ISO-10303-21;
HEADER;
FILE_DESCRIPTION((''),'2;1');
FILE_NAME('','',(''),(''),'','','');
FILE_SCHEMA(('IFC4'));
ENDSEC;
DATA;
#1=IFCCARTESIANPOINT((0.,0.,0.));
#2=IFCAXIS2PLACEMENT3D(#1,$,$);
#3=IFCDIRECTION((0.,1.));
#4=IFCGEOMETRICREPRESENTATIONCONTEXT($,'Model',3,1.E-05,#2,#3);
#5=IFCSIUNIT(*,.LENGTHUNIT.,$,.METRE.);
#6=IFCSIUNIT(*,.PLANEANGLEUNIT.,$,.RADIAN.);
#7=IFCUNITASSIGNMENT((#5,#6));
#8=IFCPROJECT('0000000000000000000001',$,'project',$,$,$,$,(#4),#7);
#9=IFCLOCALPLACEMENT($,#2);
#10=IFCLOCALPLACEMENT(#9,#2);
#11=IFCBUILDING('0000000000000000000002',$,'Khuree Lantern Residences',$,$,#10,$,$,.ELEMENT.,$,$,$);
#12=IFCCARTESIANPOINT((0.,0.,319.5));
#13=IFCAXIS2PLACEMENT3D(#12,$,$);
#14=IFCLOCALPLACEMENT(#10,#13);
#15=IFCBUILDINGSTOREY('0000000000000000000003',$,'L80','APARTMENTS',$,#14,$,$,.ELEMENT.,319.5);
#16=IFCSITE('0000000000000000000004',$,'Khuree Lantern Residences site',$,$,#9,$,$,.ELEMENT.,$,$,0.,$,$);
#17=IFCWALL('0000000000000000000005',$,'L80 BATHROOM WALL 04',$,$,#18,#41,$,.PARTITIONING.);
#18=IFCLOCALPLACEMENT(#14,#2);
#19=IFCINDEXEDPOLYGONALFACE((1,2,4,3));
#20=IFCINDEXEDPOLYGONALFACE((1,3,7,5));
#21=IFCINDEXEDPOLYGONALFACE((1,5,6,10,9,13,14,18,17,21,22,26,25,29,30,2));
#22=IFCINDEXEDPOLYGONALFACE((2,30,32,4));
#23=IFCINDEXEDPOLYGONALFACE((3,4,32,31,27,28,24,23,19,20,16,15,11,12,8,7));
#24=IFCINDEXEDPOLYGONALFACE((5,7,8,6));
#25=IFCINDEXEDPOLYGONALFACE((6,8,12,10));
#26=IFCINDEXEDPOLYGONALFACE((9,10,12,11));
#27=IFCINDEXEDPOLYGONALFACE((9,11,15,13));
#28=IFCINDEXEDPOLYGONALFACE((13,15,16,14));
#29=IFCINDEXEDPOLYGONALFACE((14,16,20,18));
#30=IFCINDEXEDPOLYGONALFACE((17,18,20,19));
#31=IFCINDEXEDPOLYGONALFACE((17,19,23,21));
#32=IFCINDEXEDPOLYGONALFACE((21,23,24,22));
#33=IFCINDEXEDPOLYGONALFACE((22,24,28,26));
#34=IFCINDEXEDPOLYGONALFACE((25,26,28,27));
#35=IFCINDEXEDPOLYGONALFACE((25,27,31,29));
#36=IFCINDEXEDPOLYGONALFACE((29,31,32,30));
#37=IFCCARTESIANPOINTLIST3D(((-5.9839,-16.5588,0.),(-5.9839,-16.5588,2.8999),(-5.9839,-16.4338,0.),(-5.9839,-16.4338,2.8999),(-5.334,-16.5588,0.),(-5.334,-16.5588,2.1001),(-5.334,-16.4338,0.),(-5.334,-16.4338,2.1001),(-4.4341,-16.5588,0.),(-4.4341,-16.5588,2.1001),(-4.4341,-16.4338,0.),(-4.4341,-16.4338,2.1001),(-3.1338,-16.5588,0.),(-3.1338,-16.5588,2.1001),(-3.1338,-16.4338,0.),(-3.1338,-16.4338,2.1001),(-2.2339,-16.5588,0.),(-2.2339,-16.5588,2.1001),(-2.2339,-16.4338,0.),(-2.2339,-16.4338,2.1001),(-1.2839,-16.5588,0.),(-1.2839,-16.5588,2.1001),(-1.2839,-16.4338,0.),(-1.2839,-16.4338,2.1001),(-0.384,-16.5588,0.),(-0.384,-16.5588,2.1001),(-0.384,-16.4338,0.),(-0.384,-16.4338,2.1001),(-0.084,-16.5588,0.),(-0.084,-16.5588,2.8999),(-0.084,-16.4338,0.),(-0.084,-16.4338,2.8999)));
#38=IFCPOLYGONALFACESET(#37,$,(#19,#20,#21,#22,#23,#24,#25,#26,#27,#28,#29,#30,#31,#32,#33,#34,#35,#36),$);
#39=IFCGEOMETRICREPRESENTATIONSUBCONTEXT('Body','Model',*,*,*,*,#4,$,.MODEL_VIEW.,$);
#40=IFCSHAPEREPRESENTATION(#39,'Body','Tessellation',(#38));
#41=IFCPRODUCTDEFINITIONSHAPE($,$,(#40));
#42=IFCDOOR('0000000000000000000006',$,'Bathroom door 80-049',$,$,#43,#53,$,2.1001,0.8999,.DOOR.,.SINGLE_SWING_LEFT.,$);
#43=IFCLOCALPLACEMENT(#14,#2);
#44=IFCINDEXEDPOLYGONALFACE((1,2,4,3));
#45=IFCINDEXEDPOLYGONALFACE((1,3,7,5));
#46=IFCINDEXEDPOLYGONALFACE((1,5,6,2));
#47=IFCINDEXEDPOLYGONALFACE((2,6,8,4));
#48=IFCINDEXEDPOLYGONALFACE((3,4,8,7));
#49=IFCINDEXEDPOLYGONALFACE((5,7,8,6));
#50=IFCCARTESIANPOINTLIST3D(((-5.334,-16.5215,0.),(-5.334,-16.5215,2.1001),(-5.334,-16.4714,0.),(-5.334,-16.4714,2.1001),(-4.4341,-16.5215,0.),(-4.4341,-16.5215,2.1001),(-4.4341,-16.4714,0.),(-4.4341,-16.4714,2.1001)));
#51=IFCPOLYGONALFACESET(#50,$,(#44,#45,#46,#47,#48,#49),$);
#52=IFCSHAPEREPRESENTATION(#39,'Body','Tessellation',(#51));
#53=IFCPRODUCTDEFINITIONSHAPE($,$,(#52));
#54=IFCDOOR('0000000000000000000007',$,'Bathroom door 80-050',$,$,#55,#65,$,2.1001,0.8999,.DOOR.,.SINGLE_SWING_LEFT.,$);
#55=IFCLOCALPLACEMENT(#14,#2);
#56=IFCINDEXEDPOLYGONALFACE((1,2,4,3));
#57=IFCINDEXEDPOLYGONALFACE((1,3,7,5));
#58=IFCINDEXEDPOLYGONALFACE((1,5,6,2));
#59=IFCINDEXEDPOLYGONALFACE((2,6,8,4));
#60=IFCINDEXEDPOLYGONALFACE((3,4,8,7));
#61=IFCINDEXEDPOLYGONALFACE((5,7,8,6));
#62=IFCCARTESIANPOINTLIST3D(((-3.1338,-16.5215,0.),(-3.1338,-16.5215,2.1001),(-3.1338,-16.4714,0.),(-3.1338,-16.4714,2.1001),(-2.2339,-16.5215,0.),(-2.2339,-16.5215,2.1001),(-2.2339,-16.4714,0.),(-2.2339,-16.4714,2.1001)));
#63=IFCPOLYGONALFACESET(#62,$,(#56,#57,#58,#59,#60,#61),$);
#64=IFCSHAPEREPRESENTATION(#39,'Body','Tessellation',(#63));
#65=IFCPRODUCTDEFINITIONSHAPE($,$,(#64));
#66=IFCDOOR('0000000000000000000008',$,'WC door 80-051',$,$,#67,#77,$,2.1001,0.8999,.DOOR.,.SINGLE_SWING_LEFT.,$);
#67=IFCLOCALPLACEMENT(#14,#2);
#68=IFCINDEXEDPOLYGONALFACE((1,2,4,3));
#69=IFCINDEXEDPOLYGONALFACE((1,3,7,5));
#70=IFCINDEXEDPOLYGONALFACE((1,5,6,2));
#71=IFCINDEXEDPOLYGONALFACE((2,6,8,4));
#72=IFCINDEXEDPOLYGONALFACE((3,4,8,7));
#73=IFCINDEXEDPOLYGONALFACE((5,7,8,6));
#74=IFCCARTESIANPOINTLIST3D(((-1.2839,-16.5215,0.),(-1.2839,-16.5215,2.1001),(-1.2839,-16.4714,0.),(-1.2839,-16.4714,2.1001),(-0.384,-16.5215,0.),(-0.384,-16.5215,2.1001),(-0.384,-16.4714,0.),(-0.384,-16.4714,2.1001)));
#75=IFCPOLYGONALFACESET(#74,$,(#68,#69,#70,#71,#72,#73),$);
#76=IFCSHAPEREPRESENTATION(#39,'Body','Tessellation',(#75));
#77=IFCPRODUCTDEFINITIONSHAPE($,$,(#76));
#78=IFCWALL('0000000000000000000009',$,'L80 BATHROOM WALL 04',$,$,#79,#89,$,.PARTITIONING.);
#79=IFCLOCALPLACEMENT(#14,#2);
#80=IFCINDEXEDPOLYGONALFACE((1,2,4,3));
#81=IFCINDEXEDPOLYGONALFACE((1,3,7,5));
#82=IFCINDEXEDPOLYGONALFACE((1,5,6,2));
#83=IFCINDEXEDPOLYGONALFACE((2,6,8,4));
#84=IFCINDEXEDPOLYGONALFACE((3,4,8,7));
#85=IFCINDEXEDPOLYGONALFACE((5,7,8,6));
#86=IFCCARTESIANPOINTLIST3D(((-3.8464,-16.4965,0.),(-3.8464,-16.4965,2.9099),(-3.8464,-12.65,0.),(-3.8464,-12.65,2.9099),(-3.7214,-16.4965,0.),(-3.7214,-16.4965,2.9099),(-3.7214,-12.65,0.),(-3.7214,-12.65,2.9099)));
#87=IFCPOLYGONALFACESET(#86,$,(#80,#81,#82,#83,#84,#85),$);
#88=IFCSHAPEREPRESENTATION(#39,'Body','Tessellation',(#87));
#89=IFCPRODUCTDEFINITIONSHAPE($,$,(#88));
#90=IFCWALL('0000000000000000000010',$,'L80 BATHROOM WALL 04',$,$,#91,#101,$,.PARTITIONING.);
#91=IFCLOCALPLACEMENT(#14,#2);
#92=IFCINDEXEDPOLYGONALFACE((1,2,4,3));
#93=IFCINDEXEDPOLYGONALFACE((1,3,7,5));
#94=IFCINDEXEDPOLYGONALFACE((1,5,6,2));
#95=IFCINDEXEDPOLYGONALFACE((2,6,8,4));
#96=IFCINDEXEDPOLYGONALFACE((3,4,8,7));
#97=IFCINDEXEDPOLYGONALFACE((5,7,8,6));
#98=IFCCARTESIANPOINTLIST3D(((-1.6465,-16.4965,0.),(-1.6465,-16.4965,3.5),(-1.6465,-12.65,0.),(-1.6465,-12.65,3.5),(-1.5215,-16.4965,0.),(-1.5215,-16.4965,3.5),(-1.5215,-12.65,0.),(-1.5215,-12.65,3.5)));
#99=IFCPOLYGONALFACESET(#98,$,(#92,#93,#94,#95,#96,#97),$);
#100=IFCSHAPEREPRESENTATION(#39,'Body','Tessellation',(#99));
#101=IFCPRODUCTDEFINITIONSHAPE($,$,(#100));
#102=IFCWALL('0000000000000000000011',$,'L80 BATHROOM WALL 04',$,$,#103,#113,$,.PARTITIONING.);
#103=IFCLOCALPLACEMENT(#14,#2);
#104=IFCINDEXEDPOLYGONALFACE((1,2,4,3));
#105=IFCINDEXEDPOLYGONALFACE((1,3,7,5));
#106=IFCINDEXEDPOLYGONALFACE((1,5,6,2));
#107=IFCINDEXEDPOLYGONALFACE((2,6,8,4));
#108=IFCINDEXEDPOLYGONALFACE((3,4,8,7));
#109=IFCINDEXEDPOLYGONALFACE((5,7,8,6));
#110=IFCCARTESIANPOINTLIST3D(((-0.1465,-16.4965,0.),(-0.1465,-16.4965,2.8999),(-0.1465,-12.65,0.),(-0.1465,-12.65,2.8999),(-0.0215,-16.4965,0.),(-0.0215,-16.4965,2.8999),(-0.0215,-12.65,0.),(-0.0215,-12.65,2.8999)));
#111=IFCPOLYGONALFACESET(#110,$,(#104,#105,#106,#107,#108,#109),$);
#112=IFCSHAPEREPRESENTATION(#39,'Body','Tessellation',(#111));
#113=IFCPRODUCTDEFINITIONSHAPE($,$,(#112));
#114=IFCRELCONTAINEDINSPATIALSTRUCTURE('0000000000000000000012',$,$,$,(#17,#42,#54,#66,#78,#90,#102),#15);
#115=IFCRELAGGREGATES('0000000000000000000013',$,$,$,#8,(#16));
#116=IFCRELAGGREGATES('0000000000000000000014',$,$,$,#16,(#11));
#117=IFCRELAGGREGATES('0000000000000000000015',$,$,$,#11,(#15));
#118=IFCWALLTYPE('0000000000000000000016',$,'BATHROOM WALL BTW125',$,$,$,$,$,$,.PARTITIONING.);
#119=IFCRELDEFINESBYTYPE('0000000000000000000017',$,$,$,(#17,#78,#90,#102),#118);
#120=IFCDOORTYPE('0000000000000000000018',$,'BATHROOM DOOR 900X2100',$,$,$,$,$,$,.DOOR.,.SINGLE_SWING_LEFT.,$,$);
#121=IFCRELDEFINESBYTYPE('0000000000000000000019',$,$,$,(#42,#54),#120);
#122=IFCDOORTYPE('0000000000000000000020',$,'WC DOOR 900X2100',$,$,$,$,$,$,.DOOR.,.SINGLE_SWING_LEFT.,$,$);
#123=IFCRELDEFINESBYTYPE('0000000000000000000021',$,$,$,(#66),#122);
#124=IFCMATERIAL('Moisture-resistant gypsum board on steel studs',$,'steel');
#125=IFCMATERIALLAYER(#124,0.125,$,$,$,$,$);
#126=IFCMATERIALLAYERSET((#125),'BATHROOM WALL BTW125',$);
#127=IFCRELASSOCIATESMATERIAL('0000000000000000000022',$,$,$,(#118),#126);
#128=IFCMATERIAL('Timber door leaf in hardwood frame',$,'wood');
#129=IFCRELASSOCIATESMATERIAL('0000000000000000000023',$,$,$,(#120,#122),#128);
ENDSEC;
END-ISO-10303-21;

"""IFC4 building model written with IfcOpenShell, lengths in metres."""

from ifc_helpers import new_model, si_unit, direction, frame, frame_2d, origin, place, context, subcontext, project, spatial, rectangle, extrude, material, layer, layer_set, type_object, element, fill, save


model = new_model("IFC4")

# Units and contexts
model_context = context("Model", 3, precision=1e-05, world=origin(), true_north=direction((0.0, 1.0)))
body_context = subcontext(model_context, "Body", "Model", "MODEL_VIEW")
ifc_project = project(units=[si_unit("LENGTHUNIT", "METRE"), si_unit("PLANEANGLEUNIT", "RADIAN")], contexts=[model_context])

# Site, building, storey
site_placement = place(None, origin())
site = spatial("IfcSite", under=ifc_project, at=site_placement, Name="Khuree Lantern Residences site", CompositionType="ELEMENT", RefElevation=0.0)
building_placement = place(site_placement, origin())
building = spatial("IfcBuilding", under=site, at=building_placement, Name="Khuree Lantern Residences", CompositionType="ELEMENT")
storey_placement = place(building_placement, frame((0.0, 0.0, 319.5)))
storey = spatial("IfcBuildingStorey", under=building, at=storey_placement, Name="L80", Description="APARTMENTS", CompositionType="ELEMENT", Elevation=319.5)

# Wall, openings, doors
ifc_material_1 = material(Name="Moisture-resistant gypsum board on steel studs", Category="steel")
ifc_layer_1 = layer(ifc_material_1, 0.125)
ifc_layer_set_1 = layer_set([ifc_layer_1], Name="BATHROOM WALL BTW125")
wall_type_1 = type_object("IfcWallType", Name="BATHROOM WALL BTW125", PredefinedType="PARTITIONING", material=ifc_layer_set_1)
wall_1_placement = place(storey_placement, frame((-5.9839, -16.4963, 0.0), z_axis=(0.0, 0.0, 1.0), x_axis=(1.0, 0.0, 0.0)))
wall_1 = element("IfcWall", 1, at=wall_1_placement, inside=storey, type_object=wall_type_1, Name="L80 BATHROOM WALL 04", PredefinedType="PARTITIONING", context=body_context, shape_type="SweptSolid", body=[
    extrude(rectangle(XDim=5.8999, YDim=0.125, at=frame_2d((2.95, 0.0))), origin(), (0.0, 0.0, 1.0), 2.8999),
])
opening_1_placement = place(wall_1_placement, frame((0.6499, 0.0, 0.0)))
opening_1 = element("IfcOpeningElement", 2, at=opening_1_placement, cuts=wall_1, PredefinedType="OPENING", context=body_context, shape_type="SweptSolid", body=[
    extrude(rectangle(XDim=0.8999, YDim=2.1001, at=frame_2d((0.45, 1.05))), frame((0.0, 0.0725, 0.0), z_axis=(0.0, -1.0, 0.0), x_axis=(1.0, 0.0, 0.0)), (0.0, 0.0, 1.0), 0.145),
])
opening_2_placement = place(wall_1_placement, frame((2.8501, 0.0, 0.0)))
opening_2 = element("IfcOpeningElement", 3, at=opening_2_placement, cuts=wall_1, PredefinedType="OPENING", context=body_context, shape_type="SweptSolid", body=[
    extrude(rectangle(XDim=0.8999, YDim=2.1001, at=frame_2d((0.45, 1.05))), frame((0.0, 0.0725, 0.0), z_axis=(0.0, -1.0, 0.0), x_axis=(1.0, 0.0, 0.0)), (0.0, 0.0, 1.0), 0.145),
])
opening_3_placement = place(wall_1_placement, frame((4.7, 0.0, 0.0)))
opening_3 = element("IfcOpeningElement", 4, at=opening_3_placement, cuts=wall_1, PredefinedType="OPENING", context=body_context, shape_type="SweptSolid", body=[
    extrude(rectangle(XDim=0.8999, YDim=2.1001, at=frame_2d((0.45, 1.05))), frame((0.0, 0.0725, 0.0), z_axis=(0.0, -1.0, 0.0), x_axis=(1.0, 0.0, 0.0)), (0.0, 0.0, 1.0), 0.145),
])
ifc_material_2 = material(Name="Timber door leaf in hardwood frame", Category="wood")
door_type_1 = type_object("IfcDoorType", Name="BATHROOM DOOR 900X2100", OperationType="SINGLE_SWING_LEFT", PredefinedType="DOOR", material=ifc_material_2)
door_1_placement = place(opening_1_placement, origin())
door_1 = element("IfcDoor", 5, at=door_1_placement, inside=storey, type_object=door_type_1, Name="Bathroom door 80-049", OperationType="SINGLE_SWING_LEFT", OverallHeight=2.1001, OverallWidth=0.8999, PredefinedType="DOOR", context=body_context, shape_type="SweptSolid", body=[
    extrude(rectangle(XDim=0.8999, YDim=2.1001, at=frame_2d((0.45, 1.05))), frame((0.0, 0.0249, 0.0), z_axis=(0.0, -1.0, 0.0), x_axis=(1.0, 0.0, 0.0)), (0.0, 0.0, 1.0), 0.05),
])
fill(opening_1, door_1)
door_2_placement = place(opening_2_placement, origin())
door_2 = element("IfcDoor", 6, at=door_2_placement, inside=storey, type_object=door_type_1, Name="Bathroom door 80-050", OperationType="SINGLE_SWING_LEFT", OverallHeight=2.1001, OverallWidth=0.8999, PredefinedType="DOOR", context=body_context, shape_type="SweptSolid", body=[
    extrude(rectangle(XDim=0.8999, YDim=2.1001, at=frame_2d((0.45, 1.05))), frame((0.0, 0.0249, 0.0), z_axis=(0.0, -1.0, 0.0), x_axis=(1.0, 0.0, 0.0)), (0.0, 0.0, 1.0), 0.05),
])
fill(opening_2, door_2)
door_type_2 = type_object("IfcDoorType", Name="WC DOOR 900X2100", OperationType="SINGLE_SWING_LEFT", PredefinedType="DOOR", material=ifc_material_2)
door_3_placement = place(opening_3_placement, origin())
door_3 = element("IfcDoor", 7, at=door_3_placement, inside=storey, type_object=door_type_2, Name="WC door 80-051", OperationType="SINGLE_SWING_LEFT", OverallHeight=2.1001, OverallWidth=0.8999, PredefinedType="DOOR", context=body_context, shape_type="SweptSolid", body=[
    extrude(rectangle(XDim=0.8999, YDim=2.1001, at=frame_2d((0.45, 1.05))), frame((0.0, 0.0249, 0.0), z_axis=(0.0, -1.0, 0.0), x_axis=(1.0, 0.0, 0.0)), (0.0, 0.0, 1.0), 0.05),
])
fill(opening_3, door_3)

# Walls
wall_2_placement = place(storey_placement, frame((-3.7839, -12.6499, 0.0), z_axis=(0.0, 0.0, 1.0), x_axis=(0.0, -1.0, 0.0)))
element("IfcWall", 8, at=wall_2_placement, inside=storey, type_object=wall_type_1, Name="L80 BATHROOM WALL 04", PredefinedType="PARTITIONING", context=body_context, shape_type="SweptSolid", body=[
    extrude(rectangle(XDim=3.8464, YDim=0.125, at=frame_2d((1.9233, 0.0))), origin(), (0.0, 0.0, 1.0), 2.9099),
])
wall_3_placement = place(storey_placement, frame((-1.584, -12.6499, 0.0), z_axis=(0.0, 0.0, 1.0), x_axis=(0.0, -1.0, 0.0)))
element("IfcWall", 9, at=wall_3_placement, inside=storey, type_object=wall_type_1, Name="L80 BATHROOM WALL 04", PredefinedType="PARTITIONING", context=body_context, shape_type="SweptSolid", body=[
    extrude(rectangle(XDim=3.8464, YDim=0.125, at=frame_2d((1.9233, 0.0))), origin(), (0.0, 0.0, 1.0), 3.5),
])
wall_4_placement = place(storey_placement, frame((-0.084, -12.6499, 0.0), z_axis=(0.0, 0.0, 1.0), x_axis=(0.0, -1.0, 0.0)))
element("IfcWall", 10, at=wall_4_placement, inside=storey, type_object=wall_type_1, Name="L80 BATHROOM WALL 04", PredefinedType="PARTITIONING", context=body_context, shape_type="SweptSolid", body=[
    extrude(rectangle(XDim=3.8464, YDim=0.125, at=frame_2d((1.9233, 0.0))), origin(), (0.0, 0.0, 1.0), 2.8999),
])

save(model, "model.ifc")
